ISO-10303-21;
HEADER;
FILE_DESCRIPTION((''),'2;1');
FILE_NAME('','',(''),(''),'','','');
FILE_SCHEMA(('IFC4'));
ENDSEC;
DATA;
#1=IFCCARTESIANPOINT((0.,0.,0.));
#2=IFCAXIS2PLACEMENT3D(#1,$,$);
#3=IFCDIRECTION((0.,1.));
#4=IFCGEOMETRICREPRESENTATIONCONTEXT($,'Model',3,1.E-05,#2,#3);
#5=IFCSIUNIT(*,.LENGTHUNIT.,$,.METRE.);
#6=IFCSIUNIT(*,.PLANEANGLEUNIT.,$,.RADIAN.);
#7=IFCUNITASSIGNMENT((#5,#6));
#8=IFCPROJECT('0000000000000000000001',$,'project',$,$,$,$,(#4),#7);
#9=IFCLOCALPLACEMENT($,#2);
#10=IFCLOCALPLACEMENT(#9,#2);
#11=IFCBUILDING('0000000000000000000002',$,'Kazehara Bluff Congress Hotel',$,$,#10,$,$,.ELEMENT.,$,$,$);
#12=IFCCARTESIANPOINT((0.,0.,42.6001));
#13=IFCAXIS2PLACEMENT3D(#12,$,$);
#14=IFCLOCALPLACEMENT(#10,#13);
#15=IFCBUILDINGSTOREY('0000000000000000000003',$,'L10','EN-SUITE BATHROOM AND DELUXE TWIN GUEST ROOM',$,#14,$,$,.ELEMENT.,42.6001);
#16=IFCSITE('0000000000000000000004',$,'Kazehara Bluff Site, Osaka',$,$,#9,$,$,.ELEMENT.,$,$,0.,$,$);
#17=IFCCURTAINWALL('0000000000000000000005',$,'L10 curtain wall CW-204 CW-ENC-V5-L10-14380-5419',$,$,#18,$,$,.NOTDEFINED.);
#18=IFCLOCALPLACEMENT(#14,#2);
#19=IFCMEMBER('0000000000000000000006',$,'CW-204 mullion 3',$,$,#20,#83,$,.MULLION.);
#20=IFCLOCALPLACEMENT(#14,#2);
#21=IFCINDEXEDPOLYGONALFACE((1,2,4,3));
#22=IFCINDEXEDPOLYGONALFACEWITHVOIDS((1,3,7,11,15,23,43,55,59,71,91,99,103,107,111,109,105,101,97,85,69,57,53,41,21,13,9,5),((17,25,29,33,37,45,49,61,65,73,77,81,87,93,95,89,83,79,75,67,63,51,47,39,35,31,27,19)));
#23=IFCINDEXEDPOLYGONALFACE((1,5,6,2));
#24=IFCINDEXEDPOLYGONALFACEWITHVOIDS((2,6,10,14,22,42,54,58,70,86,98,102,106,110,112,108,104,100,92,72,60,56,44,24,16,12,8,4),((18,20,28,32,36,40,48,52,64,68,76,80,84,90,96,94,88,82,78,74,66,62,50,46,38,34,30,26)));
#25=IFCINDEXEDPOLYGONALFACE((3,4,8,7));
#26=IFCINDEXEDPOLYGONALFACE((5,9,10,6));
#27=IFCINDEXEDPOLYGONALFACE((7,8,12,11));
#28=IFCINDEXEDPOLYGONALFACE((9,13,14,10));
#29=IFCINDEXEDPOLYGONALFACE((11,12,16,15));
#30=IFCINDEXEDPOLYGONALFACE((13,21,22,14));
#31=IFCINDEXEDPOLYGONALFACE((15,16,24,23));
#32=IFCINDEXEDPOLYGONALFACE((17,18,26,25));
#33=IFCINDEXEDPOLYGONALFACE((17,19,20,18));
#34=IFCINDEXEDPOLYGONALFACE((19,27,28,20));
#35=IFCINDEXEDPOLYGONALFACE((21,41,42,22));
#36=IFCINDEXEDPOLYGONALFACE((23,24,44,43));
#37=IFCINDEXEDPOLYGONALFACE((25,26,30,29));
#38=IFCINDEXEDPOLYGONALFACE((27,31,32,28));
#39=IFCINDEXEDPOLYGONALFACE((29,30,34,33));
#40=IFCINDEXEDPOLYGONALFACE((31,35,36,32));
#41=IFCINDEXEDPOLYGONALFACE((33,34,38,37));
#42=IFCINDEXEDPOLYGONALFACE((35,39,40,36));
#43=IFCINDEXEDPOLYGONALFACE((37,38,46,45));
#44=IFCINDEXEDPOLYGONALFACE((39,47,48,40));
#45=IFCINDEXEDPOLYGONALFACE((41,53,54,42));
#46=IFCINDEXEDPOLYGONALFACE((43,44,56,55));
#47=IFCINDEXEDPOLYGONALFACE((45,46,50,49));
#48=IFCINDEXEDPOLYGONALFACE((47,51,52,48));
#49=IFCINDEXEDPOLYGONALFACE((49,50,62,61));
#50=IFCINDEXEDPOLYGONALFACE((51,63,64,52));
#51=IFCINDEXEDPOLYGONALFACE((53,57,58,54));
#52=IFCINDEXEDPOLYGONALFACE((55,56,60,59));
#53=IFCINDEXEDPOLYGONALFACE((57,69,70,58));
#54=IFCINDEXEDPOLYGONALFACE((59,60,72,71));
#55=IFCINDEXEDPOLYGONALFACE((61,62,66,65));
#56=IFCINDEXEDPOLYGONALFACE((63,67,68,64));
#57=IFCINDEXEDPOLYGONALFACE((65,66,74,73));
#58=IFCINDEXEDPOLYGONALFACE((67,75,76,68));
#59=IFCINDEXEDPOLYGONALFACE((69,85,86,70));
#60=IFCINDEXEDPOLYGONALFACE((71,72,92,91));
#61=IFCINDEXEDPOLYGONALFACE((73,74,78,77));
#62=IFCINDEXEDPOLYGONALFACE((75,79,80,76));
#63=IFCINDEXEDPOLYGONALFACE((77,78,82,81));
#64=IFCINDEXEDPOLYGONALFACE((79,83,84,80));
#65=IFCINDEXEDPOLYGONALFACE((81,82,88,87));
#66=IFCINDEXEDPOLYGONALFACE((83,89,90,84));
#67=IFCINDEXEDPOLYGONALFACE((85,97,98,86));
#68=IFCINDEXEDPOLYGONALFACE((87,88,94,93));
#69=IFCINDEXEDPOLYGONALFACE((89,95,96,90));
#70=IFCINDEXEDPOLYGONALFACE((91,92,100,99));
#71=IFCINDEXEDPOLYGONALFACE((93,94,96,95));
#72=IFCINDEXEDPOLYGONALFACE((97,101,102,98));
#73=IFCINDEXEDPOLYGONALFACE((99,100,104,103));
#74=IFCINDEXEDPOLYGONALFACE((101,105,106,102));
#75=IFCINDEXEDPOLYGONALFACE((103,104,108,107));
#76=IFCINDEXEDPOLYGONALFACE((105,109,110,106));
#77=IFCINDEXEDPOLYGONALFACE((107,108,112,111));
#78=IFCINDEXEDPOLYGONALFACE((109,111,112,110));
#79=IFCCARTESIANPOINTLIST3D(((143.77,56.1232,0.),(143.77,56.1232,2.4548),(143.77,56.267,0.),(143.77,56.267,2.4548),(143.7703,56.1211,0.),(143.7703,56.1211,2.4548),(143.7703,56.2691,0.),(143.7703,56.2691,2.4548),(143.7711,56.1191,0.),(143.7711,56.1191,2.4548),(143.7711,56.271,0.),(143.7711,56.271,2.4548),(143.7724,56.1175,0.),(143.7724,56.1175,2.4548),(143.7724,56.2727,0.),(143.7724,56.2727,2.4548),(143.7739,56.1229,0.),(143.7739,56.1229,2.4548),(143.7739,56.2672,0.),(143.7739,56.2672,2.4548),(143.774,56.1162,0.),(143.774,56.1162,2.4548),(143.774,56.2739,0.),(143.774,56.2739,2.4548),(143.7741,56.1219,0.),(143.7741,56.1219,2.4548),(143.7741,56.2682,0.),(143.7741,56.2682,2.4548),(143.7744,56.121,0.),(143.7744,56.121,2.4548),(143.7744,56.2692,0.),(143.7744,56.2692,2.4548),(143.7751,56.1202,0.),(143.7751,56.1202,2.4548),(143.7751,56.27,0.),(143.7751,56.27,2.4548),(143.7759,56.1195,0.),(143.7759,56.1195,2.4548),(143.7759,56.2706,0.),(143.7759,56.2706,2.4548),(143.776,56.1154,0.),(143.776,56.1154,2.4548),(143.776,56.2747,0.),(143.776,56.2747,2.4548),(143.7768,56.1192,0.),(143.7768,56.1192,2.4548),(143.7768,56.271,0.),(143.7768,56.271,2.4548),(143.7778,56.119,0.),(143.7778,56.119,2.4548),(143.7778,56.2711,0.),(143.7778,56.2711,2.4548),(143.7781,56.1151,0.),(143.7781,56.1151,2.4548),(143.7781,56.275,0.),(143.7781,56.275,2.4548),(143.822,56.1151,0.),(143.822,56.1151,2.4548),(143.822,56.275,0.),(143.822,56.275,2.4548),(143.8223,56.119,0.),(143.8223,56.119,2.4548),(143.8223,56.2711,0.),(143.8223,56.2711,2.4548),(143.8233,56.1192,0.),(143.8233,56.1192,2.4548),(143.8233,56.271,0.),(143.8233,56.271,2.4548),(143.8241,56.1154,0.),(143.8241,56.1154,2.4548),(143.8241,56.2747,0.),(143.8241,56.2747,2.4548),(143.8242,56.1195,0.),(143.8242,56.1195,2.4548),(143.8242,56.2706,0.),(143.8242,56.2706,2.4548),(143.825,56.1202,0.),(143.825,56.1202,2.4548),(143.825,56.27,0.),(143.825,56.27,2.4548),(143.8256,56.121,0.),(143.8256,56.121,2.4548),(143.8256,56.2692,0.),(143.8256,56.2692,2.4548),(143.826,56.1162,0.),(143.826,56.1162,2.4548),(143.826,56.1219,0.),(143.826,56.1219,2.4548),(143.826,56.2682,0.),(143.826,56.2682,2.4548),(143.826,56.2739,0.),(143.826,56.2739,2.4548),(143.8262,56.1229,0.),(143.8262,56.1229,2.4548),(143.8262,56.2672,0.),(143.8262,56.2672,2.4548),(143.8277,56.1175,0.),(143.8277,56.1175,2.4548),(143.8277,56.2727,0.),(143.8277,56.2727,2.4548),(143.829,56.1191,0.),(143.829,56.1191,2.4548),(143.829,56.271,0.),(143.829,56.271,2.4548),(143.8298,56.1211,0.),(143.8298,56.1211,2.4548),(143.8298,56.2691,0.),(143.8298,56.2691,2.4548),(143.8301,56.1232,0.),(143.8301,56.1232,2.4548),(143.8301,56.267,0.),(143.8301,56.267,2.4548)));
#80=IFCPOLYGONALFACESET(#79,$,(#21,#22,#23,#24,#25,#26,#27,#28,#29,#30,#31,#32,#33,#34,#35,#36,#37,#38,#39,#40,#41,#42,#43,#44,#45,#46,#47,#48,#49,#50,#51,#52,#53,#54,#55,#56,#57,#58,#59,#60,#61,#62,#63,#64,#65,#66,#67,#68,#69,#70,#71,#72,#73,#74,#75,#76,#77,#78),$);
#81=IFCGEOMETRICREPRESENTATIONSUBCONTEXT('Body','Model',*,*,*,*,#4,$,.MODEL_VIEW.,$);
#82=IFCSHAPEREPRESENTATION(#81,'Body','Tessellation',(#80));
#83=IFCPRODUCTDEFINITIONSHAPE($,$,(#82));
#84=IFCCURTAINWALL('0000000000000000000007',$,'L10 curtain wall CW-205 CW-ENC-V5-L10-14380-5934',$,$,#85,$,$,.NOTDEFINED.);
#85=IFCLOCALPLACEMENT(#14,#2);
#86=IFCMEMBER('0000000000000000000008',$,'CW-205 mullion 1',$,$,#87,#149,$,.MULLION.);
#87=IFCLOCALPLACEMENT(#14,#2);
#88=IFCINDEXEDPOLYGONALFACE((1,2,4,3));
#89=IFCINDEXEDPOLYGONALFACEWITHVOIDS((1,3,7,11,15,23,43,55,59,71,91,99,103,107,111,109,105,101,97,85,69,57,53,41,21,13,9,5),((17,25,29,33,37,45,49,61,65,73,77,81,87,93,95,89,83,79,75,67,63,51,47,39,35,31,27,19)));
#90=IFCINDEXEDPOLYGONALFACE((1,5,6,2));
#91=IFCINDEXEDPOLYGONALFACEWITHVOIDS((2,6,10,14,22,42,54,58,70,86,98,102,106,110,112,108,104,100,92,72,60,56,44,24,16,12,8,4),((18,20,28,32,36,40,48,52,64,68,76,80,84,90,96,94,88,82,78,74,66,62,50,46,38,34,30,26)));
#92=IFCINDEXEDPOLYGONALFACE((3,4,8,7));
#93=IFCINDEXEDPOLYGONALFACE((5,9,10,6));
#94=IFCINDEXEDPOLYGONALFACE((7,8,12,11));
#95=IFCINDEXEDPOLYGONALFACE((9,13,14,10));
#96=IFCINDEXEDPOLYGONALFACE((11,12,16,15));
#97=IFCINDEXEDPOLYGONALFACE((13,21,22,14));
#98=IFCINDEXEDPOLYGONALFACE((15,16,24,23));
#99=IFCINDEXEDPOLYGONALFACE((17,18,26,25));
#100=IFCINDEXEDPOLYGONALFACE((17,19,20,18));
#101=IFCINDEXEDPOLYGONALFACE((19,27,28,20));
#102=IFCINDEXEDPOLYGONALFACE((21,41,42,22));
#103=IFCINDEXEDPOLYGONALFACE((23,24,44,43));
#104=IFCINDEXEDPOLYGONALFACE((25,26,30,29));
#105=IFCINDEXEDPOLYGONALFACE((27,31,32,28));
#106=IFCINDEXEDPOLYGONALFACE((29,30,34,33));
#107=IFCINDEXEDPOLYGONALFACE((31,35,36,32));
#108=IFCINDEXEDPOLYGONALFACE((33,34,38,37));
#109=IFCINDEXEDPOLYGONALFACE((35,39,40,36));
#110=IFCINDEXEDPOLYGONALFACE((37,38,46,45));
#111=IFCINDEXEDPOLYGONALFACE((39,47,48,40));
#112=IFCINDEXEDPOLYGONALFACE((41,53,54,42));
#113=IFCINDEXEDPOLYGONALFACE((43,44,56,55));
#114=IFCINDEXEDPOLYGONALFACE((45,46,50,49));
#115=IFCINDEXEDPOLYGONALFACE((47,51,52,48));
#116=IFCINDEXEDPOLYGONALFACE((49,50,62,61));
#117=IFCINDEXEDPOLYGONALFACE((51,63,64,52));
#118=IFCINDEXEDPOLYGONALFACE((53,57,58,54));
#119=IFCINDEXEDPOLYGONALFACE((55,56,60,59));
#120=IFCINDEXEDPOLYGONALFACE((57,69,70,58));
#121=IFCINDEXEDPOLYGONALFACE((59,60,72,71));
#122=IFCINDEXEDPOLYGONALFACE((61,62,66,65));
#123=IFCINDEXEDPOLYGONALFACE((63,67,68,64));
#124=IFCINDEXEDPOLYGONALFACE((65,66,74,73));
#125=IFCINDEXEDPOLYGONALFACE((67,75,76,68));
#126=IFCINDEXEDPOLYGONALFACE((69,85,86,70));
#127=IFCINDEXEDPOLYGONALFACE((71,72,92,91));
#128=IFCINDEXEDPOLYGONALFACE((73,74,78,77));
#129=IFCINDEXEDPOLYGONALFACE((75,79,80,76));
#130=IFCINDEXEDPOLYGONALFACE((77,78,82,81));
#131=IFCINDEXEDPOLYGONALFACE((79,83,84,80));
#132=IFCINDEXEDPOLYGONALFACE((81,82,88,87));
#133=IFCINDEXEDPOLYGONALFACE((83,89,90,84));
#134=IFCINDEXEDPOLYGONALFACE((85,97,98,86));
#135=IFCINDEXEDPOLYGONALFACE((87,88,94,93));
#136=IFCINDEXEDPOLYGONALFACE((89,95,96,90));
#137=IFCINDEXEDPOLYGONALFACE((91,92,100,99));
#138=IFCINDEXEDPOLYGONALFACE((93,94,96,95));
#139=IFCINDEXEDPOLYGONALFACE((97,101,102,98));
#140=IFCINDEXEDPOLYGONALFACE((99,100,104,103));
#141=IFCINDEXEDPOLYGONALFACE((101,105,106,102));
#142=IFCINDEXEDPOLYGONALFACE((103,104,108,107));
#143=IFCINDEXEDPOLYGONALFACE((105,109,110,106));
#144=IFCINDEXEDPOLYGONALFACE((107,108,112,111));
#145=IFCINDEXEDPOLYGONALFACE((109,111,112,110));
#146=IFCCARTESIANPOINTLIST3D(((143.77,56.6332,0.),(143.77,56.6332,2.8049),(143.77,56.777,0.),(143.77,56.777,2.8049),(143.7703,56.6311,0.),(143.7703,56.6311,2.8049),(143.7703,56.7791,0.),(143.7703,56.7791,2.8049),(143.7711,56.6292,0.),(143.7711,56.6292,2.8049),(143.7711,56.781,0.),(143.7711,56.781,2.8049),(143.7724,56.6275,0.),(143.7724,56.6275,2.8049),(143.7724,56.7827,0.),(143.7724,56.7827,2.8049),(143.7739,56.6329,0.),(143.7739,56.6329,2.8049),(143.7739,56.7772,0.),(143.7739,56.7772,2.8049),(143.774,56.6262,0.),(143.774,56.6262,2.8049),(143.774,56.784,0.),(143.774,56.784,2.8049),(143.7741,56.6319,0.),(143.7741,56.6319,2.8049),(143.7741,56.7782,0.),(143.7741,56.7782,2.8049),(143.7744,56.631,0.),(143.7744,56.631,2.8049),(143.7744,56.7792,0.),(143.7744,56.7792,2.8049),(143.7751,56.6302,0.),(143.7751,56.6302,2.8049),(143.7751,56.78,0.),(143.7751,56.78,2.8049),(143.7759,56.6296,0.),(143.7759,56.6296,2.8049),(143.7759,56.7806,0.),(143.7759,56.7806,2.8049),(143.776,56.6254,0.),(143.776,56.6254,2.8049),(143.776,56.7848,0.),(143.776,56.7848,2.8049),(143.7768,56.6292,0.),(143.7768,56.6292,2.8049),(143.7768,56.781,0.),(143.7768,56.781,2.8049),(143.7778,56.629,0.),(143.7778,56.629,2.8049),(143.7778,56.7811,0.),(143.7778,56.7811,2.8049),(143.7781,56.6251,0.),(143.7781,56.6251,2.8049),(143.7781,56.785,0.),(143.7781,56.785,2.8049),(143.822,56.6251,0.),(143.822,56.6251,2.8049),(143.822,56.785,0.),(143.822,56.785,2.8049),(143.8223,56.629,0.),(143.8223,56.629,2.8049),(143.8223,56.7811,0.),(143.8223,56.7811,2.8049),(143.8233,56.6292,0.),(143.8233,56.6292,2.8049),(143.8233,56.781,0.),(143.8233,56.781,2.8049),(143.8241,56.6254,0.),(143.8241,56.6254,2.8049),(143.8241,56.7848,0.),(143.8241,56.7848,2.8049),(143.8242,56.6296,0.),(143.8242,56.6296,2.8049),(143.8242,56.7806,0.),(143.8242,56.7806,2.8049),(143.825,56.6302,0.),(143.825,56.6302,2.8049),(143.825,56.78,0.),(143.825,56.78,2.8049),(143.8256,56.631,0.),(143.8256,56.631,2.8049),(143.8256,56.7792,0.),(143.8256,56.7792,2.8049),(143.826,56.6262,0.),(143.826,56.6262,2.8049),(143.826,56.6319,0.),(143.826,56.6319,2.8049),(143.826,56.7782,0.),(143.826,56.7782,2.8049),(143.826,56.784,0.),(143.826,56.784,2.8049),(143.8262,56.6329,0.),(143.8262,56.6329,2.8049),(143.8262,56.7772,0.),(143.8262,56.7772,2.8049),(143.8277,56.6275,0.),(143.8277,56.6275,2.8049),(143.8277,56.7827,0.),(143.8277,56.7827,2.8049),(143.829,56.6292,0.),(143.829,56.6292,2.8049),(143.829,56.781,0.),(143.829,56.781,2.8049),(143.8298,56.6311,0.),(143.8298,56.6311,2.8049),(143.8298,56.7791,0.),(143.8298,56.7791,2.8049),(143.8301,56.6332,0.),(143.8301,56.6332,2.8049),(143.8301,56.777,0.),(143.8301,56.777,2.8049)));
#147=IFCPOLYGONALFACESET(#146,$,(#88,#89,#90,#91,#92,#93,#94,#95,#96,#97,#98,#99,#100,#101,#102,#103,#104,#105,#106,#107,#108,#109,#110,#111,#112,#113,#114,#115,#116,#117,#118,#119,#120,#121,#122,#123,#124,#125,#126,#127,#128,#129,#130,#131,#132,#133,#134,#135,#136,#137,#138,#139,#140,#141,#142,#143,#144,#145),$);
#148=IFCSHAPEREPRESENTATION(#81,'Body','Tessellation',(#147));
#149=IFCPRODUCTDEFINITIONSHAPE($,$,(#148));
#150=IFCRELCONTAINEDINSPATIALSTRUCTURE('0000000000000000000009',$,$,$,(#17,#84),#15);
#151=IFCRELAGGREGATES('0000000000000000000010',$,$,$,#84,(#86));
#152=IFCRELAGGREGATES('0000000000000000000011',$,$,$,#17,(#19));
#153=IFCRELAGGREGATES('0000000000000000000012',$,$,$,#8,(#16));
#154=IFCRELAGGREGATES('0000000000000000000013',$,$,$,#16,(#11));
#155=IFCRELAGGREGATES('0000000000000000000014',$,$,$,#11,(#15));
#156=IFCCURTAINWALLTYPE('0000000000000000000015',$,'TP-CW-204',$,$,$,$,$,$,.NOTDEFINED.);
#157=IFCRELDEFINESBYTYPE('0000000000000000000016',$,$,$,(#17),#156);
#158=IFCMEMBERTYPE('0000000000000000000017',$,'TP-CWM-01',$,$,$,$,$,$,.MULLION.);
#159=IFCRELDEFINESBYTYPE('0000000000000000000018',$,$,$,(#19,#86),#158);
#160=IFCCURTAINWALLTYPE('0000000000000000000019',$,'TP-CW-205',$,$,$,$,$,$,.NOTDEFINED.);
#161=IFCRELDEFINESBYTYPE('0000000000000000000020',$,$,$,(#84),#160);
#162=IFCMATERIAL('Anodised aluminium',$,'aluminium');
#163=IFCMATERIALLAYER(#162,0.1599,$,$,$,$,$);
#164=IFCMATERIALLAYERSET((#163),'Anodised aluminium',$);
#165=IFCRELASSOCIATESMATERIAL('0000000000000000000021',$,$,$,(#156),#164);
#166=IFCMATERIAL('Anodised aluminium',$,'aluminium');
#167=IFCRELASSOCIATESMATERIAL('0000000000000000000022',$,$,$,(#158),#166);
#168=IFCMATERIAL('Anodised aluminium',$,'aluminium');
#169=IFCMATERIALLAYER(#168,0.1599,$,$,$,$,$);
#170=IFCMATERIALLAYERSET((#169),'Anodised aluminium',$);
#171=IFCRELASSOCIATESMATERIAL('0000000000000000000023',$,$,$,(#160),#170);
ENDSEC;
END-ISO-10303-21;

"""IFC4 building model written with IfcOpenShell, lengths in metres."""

from ifc_helpers import new_model, si_unit, direction, frame, origin, origin_2d, place, context, subcontext, project, spatial, hollow_rectangle, extrude, material, layer, layer_set, material_profile, profile_set, type_object, element, aggregate, save


model = new_model("IFC4")

# Units and contexts
model_context = context("Model", 3, precision=1e-05, world=origin(), true_north=direction((0.0, 1.0)))
body_context = subcontext(model_context, "Body", "Model", "MODEL_VIEW")
ifc_project = project(units=[si_unit("LENGTHUNIT", "METRE"), si_unit("PLANEANGLEUNIT", "RADIAN")], contexts=[model_context])

# Site, building, storey
site_placement = place(None, origin())
site = spatial("IfcSite", under=ifc_project, at=site_placement, Name="Kazehara Bluff Site, Osaka", CompositionType="ELEMENT", RefElevation=0.0)
building_placement = place(site_placement, origin())
building = spatial("IfcBuilding", under=site, at=building_placement, Name="Kazehara Bluff Congress Hotel", CompositionType="ELEMENT")
storey_placement = place(building_placement, frame((0.0, 0.0, 42.6001)))
storey = spatial("IfcBuildingStorey", under=building, at=storey_placement, Name="L10", Description="EN-SUITE BATHROOM AND DELUXE TWIN GUEST ROOM", CompositionType="ELEMENT", Elevation=42.6001)

# Curtain walls, members
ifc_material_1 = material(Name="Anodised aluminium", Category="aluminium")
ifc_layer_1 = layer(ifc_material_1, 0.1599)
ifc_layer_set_1 = layer_set([ifc_layer_1], Name="Anodised aluminium")
curtain_wall_type_1 = type_object("IfcCurtainWallType", Name="TP-CW-204", PredefinedType="NOTDEFINED", material=ifc_layer_set_1)
curtain_wall_1_placement = place(storey_placement, origin())
curtain_wall_1 = element("IfcCurtainWall", 1, at=curtain_wall_1_placement, inside=storey, type_object=curtain_wall_type_1, Name="L10 curtain wall CW-204 CW-ENC-V5-L10-14380-5419", PredefinedType="NOTDEFINED")
ifc_material_2 = material(Name="Anodised aluminium", Category="aluminium")
ifc_material_profile_1 = material_profile(ifc_material_2, hollow_rectangle(XDim=0.0601, YDim=0.1599, WallThickness=0.0039, InnerFilletRadius=0.0039, OuterFilletRadius=0.0081, at=origin_2d()))
ifc_profile_set_1 = profile_set([ifc_material_profile_1], Name="Anodised aluminium")
member_type_1 = type_object("IfcMemberType", Name="TP-CWM-01", PredefinedType="MULLION", material=ifc_profile_set_1)
member_1_placement = place(storey_placement, frame((143.8, 56.1951, 0.0), z_axis=(0.0, 0.0, 1.0), x_axis=(-1.0, 0.0, 0.0)))
member_1 = element("IfcMember", 2, at=member_1_placement, type_object=member_type_1, Name="CW-204 mullion 3", PredefinedType="MULLION", context=body_context, shape_type="SweptSolid", body=[
    extrude(hollow_rectangle(XDim=0.0601, YDim=0.1599, WallThickness=0.0039, InnerFilletRadius=0.0039, OuterFilletRadius=0.0081, at=origin_2d()), origin(), (0.0, 0.0, 1.0), 2.4548),
])
ifc_material_3 = material(Name="Anodised aluminium", Category="aluminium")
ifc_layer_2 = layer(ifc_material_3, 0.1599)
ifc_layer_set_2 = layer_set([ifc_layer_2], Name="Anodised aluminium")
curtain_wall_type_2 = type_object("IfcCurtainWallType", Name="TP-CW-205", PredefinedType="NOTDEFINED", material=ifc_layer_set_2)
curtain_wall_2_placement = place(storey_placement, origin())
curtain_wall_2 = element("IfcCurtainWall", 3, at=curtain_wall_2_placement, inside=storey, type_object=curtain_wall_type_2, Name="L10 curtain wall CW-205 CW-ENC-V5-L10-14380-5934", PredefinedType="NOTDEFINED")
member_2_placement = place(storey_placement, frame((143.8, 56.7051, 0.0), z_axis=(0.0, 0.0, 1.0), x_axis=(-1.0, 0.0, 0.0)))
member_2 = element("IfcMember", 4, at=member_2_placement, type_object=member_type_1, Name="CW-205 mullion 1", PredefinedType="MULLION", context=body_context, shape_type="SweptSolid", body=[
    extrude(hollow_rectangle(XDim=0.0601, YDim=0.1599, WallThickness=0.0039, InnerFilletRadius=0.0039, OuterFilletRadius=0.0081, at=origin_2d()), origin(), (0.0, 0.0, 1.0), 2.8049),
])

aggregate(curtain_wall_2, [member_2])
aggregate(curtain_wall_1, [member_1])

save(model, "model.ifc")
